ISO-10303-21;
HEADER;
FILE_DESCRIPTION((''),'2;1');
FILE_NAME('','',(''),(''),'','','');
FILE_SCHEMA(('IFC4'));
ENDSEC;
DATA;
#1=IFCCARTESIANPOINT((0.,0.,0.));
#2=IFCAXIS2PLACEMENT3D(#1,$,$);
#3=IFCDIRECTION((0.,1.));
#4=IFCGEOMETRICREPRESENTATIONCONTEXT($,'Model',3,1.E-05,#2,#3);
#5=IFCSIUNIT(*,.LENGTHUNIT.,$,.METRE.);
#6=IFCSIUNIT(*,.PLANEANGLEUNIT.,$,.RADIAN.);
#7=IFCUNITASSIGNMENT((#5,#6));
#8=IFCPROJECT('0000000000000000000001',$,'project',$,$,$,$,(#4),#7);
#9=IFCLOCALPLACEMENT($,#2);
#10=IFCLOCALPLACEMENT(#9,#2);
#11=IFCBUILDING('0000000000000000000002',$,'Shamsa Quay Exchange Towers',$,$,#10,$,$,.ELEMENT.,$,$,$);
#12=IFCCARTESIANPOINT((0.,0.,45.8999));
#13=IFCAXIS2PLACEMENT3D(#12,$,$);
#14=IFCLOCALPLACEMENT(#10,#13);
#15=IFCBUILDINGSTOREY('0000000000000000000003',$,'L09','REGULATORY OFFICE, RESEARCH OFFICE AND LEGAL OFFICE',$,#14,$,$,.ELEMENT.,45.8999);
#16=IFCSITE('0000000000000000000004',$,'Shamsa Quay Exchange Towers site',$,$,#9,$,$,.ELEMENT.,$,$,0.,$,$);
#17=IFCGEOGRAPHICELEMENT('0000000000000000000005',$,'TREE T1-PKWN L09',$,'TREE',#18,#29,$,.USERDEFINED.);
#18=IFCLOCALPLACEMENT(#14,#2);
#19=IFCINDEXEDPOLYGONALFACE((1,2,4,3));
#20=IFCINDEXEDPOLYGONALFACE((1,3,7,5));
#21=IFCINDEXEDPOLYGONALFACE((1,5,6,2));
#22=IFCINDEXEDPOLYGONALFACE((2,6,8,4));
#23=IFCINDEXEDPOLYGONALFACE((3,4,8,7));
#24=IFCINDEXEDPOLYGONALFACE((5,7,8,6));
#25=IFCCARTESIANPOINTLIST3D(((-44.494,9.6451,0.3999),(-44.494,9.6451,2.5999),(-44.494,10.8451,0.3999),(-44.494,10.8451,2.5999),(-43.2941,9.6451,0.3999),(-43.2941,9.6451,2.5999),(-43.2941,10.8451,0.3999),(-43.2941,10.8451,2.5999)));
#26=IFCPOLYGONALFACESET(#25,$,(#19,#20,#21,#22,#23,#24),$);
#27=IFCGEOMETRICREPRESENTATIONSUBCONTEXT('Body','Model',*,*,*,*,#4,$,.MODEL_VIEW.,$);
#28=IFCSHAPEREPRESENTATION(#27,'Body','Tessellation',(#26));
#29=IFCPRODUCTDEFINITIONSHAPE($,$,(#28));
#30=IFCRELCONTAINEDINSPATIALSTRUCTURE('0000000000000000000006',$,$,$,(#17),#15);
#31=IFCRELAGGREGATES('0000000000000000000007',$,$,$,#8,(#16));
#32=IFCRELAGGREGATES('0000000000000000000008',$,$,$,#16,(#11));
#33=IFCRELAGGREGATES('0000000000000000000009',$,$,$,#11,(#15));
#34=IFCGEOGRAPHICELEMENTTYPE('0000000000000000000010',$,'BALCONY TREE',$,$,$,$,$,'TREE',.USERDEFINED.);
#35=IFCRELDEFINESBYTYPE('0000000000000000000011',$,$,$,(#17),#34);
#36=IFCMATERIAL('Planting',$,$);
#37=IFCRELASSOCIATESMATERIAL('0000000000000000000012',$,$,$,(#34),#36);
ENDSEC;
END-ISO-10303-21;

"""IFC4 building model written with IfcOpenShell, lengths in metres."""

from ifc_helpers import new_model, si_unit, direction, frame, origin, origin_2d, place, context, subcontext, project, spatial, rectangle, extrude, material, type_object, element, save


model = new_model("IFC4")

# Units and contexts
model_context = context("Model", 3, precision=1e-05, world=origin(), true_north=direction((0.0, 1.0)))
body_context = subcontext(model_context, "Body", "Model", "MODEL_VIEW")
ifc_project = project(units=[si_unit("LENGTHUNIT", "METRE"), si_unit("PLANEANGLEUNIT", "RADIAN")], contexts=[model_context])

# Site, building, storey
site_placement = place(None, origin())
site = spatial("IfcSite", under=ifc_project, at=site_placement, Name="Shamsa Quay Exchange Towers site", CompositionType="ELEMENT", RefElevation=0.0)
building_placement = place(site_placement, origin())
building = spatial("IfcBuilding", under=site, at=building_placement, Name="Shamsa Quay Exchange Towers", CompositionType="ELEMENT")
storey_placement = place(building_placement, frame((0.0, 0.0, 45.8999)))
storey = spatial("IfcBuildingStorey", under=building, at=storey_placement, Name="L09", Description="REGULATORY OFFICE, RESEARCH OFFICE AND LEGAL OFFICE", CompositionType="ELEMENT", Elevation=45.8999)

# Geographic element
ifc_material_1 = material(Name="Planting")
geographic_element_type = type_object("IfcGeographicElementType", Name="BALCONY TREE", ElementType="TREE", PredefinedType="USERDEFINED", material=ifc_material_1)
geographic_element_placement = place(storey_placement, frame((-43.894, 10.2451, 0.3999), z_axis=(0.0, 0.0, 1.0), x_axis=(-1.0, 0.0, 0.0)))
element("IfcGeographicElement", 1, at=geographic_element_placement, inside=storey, type_object=geographic_element_type, Name="TREE T1-PKWN L09", ObjectType="TREE", PredefinedType="USERDEFINED", context=body_context, shape_type="SweptSolid", body=[
    extrude(rectangle(XDim=1.2, YDim=1.2, at=origin_2d()), origin(), (0.0, 0.0, 1.0), 2.2),
])

save(model, "model.ifc")
